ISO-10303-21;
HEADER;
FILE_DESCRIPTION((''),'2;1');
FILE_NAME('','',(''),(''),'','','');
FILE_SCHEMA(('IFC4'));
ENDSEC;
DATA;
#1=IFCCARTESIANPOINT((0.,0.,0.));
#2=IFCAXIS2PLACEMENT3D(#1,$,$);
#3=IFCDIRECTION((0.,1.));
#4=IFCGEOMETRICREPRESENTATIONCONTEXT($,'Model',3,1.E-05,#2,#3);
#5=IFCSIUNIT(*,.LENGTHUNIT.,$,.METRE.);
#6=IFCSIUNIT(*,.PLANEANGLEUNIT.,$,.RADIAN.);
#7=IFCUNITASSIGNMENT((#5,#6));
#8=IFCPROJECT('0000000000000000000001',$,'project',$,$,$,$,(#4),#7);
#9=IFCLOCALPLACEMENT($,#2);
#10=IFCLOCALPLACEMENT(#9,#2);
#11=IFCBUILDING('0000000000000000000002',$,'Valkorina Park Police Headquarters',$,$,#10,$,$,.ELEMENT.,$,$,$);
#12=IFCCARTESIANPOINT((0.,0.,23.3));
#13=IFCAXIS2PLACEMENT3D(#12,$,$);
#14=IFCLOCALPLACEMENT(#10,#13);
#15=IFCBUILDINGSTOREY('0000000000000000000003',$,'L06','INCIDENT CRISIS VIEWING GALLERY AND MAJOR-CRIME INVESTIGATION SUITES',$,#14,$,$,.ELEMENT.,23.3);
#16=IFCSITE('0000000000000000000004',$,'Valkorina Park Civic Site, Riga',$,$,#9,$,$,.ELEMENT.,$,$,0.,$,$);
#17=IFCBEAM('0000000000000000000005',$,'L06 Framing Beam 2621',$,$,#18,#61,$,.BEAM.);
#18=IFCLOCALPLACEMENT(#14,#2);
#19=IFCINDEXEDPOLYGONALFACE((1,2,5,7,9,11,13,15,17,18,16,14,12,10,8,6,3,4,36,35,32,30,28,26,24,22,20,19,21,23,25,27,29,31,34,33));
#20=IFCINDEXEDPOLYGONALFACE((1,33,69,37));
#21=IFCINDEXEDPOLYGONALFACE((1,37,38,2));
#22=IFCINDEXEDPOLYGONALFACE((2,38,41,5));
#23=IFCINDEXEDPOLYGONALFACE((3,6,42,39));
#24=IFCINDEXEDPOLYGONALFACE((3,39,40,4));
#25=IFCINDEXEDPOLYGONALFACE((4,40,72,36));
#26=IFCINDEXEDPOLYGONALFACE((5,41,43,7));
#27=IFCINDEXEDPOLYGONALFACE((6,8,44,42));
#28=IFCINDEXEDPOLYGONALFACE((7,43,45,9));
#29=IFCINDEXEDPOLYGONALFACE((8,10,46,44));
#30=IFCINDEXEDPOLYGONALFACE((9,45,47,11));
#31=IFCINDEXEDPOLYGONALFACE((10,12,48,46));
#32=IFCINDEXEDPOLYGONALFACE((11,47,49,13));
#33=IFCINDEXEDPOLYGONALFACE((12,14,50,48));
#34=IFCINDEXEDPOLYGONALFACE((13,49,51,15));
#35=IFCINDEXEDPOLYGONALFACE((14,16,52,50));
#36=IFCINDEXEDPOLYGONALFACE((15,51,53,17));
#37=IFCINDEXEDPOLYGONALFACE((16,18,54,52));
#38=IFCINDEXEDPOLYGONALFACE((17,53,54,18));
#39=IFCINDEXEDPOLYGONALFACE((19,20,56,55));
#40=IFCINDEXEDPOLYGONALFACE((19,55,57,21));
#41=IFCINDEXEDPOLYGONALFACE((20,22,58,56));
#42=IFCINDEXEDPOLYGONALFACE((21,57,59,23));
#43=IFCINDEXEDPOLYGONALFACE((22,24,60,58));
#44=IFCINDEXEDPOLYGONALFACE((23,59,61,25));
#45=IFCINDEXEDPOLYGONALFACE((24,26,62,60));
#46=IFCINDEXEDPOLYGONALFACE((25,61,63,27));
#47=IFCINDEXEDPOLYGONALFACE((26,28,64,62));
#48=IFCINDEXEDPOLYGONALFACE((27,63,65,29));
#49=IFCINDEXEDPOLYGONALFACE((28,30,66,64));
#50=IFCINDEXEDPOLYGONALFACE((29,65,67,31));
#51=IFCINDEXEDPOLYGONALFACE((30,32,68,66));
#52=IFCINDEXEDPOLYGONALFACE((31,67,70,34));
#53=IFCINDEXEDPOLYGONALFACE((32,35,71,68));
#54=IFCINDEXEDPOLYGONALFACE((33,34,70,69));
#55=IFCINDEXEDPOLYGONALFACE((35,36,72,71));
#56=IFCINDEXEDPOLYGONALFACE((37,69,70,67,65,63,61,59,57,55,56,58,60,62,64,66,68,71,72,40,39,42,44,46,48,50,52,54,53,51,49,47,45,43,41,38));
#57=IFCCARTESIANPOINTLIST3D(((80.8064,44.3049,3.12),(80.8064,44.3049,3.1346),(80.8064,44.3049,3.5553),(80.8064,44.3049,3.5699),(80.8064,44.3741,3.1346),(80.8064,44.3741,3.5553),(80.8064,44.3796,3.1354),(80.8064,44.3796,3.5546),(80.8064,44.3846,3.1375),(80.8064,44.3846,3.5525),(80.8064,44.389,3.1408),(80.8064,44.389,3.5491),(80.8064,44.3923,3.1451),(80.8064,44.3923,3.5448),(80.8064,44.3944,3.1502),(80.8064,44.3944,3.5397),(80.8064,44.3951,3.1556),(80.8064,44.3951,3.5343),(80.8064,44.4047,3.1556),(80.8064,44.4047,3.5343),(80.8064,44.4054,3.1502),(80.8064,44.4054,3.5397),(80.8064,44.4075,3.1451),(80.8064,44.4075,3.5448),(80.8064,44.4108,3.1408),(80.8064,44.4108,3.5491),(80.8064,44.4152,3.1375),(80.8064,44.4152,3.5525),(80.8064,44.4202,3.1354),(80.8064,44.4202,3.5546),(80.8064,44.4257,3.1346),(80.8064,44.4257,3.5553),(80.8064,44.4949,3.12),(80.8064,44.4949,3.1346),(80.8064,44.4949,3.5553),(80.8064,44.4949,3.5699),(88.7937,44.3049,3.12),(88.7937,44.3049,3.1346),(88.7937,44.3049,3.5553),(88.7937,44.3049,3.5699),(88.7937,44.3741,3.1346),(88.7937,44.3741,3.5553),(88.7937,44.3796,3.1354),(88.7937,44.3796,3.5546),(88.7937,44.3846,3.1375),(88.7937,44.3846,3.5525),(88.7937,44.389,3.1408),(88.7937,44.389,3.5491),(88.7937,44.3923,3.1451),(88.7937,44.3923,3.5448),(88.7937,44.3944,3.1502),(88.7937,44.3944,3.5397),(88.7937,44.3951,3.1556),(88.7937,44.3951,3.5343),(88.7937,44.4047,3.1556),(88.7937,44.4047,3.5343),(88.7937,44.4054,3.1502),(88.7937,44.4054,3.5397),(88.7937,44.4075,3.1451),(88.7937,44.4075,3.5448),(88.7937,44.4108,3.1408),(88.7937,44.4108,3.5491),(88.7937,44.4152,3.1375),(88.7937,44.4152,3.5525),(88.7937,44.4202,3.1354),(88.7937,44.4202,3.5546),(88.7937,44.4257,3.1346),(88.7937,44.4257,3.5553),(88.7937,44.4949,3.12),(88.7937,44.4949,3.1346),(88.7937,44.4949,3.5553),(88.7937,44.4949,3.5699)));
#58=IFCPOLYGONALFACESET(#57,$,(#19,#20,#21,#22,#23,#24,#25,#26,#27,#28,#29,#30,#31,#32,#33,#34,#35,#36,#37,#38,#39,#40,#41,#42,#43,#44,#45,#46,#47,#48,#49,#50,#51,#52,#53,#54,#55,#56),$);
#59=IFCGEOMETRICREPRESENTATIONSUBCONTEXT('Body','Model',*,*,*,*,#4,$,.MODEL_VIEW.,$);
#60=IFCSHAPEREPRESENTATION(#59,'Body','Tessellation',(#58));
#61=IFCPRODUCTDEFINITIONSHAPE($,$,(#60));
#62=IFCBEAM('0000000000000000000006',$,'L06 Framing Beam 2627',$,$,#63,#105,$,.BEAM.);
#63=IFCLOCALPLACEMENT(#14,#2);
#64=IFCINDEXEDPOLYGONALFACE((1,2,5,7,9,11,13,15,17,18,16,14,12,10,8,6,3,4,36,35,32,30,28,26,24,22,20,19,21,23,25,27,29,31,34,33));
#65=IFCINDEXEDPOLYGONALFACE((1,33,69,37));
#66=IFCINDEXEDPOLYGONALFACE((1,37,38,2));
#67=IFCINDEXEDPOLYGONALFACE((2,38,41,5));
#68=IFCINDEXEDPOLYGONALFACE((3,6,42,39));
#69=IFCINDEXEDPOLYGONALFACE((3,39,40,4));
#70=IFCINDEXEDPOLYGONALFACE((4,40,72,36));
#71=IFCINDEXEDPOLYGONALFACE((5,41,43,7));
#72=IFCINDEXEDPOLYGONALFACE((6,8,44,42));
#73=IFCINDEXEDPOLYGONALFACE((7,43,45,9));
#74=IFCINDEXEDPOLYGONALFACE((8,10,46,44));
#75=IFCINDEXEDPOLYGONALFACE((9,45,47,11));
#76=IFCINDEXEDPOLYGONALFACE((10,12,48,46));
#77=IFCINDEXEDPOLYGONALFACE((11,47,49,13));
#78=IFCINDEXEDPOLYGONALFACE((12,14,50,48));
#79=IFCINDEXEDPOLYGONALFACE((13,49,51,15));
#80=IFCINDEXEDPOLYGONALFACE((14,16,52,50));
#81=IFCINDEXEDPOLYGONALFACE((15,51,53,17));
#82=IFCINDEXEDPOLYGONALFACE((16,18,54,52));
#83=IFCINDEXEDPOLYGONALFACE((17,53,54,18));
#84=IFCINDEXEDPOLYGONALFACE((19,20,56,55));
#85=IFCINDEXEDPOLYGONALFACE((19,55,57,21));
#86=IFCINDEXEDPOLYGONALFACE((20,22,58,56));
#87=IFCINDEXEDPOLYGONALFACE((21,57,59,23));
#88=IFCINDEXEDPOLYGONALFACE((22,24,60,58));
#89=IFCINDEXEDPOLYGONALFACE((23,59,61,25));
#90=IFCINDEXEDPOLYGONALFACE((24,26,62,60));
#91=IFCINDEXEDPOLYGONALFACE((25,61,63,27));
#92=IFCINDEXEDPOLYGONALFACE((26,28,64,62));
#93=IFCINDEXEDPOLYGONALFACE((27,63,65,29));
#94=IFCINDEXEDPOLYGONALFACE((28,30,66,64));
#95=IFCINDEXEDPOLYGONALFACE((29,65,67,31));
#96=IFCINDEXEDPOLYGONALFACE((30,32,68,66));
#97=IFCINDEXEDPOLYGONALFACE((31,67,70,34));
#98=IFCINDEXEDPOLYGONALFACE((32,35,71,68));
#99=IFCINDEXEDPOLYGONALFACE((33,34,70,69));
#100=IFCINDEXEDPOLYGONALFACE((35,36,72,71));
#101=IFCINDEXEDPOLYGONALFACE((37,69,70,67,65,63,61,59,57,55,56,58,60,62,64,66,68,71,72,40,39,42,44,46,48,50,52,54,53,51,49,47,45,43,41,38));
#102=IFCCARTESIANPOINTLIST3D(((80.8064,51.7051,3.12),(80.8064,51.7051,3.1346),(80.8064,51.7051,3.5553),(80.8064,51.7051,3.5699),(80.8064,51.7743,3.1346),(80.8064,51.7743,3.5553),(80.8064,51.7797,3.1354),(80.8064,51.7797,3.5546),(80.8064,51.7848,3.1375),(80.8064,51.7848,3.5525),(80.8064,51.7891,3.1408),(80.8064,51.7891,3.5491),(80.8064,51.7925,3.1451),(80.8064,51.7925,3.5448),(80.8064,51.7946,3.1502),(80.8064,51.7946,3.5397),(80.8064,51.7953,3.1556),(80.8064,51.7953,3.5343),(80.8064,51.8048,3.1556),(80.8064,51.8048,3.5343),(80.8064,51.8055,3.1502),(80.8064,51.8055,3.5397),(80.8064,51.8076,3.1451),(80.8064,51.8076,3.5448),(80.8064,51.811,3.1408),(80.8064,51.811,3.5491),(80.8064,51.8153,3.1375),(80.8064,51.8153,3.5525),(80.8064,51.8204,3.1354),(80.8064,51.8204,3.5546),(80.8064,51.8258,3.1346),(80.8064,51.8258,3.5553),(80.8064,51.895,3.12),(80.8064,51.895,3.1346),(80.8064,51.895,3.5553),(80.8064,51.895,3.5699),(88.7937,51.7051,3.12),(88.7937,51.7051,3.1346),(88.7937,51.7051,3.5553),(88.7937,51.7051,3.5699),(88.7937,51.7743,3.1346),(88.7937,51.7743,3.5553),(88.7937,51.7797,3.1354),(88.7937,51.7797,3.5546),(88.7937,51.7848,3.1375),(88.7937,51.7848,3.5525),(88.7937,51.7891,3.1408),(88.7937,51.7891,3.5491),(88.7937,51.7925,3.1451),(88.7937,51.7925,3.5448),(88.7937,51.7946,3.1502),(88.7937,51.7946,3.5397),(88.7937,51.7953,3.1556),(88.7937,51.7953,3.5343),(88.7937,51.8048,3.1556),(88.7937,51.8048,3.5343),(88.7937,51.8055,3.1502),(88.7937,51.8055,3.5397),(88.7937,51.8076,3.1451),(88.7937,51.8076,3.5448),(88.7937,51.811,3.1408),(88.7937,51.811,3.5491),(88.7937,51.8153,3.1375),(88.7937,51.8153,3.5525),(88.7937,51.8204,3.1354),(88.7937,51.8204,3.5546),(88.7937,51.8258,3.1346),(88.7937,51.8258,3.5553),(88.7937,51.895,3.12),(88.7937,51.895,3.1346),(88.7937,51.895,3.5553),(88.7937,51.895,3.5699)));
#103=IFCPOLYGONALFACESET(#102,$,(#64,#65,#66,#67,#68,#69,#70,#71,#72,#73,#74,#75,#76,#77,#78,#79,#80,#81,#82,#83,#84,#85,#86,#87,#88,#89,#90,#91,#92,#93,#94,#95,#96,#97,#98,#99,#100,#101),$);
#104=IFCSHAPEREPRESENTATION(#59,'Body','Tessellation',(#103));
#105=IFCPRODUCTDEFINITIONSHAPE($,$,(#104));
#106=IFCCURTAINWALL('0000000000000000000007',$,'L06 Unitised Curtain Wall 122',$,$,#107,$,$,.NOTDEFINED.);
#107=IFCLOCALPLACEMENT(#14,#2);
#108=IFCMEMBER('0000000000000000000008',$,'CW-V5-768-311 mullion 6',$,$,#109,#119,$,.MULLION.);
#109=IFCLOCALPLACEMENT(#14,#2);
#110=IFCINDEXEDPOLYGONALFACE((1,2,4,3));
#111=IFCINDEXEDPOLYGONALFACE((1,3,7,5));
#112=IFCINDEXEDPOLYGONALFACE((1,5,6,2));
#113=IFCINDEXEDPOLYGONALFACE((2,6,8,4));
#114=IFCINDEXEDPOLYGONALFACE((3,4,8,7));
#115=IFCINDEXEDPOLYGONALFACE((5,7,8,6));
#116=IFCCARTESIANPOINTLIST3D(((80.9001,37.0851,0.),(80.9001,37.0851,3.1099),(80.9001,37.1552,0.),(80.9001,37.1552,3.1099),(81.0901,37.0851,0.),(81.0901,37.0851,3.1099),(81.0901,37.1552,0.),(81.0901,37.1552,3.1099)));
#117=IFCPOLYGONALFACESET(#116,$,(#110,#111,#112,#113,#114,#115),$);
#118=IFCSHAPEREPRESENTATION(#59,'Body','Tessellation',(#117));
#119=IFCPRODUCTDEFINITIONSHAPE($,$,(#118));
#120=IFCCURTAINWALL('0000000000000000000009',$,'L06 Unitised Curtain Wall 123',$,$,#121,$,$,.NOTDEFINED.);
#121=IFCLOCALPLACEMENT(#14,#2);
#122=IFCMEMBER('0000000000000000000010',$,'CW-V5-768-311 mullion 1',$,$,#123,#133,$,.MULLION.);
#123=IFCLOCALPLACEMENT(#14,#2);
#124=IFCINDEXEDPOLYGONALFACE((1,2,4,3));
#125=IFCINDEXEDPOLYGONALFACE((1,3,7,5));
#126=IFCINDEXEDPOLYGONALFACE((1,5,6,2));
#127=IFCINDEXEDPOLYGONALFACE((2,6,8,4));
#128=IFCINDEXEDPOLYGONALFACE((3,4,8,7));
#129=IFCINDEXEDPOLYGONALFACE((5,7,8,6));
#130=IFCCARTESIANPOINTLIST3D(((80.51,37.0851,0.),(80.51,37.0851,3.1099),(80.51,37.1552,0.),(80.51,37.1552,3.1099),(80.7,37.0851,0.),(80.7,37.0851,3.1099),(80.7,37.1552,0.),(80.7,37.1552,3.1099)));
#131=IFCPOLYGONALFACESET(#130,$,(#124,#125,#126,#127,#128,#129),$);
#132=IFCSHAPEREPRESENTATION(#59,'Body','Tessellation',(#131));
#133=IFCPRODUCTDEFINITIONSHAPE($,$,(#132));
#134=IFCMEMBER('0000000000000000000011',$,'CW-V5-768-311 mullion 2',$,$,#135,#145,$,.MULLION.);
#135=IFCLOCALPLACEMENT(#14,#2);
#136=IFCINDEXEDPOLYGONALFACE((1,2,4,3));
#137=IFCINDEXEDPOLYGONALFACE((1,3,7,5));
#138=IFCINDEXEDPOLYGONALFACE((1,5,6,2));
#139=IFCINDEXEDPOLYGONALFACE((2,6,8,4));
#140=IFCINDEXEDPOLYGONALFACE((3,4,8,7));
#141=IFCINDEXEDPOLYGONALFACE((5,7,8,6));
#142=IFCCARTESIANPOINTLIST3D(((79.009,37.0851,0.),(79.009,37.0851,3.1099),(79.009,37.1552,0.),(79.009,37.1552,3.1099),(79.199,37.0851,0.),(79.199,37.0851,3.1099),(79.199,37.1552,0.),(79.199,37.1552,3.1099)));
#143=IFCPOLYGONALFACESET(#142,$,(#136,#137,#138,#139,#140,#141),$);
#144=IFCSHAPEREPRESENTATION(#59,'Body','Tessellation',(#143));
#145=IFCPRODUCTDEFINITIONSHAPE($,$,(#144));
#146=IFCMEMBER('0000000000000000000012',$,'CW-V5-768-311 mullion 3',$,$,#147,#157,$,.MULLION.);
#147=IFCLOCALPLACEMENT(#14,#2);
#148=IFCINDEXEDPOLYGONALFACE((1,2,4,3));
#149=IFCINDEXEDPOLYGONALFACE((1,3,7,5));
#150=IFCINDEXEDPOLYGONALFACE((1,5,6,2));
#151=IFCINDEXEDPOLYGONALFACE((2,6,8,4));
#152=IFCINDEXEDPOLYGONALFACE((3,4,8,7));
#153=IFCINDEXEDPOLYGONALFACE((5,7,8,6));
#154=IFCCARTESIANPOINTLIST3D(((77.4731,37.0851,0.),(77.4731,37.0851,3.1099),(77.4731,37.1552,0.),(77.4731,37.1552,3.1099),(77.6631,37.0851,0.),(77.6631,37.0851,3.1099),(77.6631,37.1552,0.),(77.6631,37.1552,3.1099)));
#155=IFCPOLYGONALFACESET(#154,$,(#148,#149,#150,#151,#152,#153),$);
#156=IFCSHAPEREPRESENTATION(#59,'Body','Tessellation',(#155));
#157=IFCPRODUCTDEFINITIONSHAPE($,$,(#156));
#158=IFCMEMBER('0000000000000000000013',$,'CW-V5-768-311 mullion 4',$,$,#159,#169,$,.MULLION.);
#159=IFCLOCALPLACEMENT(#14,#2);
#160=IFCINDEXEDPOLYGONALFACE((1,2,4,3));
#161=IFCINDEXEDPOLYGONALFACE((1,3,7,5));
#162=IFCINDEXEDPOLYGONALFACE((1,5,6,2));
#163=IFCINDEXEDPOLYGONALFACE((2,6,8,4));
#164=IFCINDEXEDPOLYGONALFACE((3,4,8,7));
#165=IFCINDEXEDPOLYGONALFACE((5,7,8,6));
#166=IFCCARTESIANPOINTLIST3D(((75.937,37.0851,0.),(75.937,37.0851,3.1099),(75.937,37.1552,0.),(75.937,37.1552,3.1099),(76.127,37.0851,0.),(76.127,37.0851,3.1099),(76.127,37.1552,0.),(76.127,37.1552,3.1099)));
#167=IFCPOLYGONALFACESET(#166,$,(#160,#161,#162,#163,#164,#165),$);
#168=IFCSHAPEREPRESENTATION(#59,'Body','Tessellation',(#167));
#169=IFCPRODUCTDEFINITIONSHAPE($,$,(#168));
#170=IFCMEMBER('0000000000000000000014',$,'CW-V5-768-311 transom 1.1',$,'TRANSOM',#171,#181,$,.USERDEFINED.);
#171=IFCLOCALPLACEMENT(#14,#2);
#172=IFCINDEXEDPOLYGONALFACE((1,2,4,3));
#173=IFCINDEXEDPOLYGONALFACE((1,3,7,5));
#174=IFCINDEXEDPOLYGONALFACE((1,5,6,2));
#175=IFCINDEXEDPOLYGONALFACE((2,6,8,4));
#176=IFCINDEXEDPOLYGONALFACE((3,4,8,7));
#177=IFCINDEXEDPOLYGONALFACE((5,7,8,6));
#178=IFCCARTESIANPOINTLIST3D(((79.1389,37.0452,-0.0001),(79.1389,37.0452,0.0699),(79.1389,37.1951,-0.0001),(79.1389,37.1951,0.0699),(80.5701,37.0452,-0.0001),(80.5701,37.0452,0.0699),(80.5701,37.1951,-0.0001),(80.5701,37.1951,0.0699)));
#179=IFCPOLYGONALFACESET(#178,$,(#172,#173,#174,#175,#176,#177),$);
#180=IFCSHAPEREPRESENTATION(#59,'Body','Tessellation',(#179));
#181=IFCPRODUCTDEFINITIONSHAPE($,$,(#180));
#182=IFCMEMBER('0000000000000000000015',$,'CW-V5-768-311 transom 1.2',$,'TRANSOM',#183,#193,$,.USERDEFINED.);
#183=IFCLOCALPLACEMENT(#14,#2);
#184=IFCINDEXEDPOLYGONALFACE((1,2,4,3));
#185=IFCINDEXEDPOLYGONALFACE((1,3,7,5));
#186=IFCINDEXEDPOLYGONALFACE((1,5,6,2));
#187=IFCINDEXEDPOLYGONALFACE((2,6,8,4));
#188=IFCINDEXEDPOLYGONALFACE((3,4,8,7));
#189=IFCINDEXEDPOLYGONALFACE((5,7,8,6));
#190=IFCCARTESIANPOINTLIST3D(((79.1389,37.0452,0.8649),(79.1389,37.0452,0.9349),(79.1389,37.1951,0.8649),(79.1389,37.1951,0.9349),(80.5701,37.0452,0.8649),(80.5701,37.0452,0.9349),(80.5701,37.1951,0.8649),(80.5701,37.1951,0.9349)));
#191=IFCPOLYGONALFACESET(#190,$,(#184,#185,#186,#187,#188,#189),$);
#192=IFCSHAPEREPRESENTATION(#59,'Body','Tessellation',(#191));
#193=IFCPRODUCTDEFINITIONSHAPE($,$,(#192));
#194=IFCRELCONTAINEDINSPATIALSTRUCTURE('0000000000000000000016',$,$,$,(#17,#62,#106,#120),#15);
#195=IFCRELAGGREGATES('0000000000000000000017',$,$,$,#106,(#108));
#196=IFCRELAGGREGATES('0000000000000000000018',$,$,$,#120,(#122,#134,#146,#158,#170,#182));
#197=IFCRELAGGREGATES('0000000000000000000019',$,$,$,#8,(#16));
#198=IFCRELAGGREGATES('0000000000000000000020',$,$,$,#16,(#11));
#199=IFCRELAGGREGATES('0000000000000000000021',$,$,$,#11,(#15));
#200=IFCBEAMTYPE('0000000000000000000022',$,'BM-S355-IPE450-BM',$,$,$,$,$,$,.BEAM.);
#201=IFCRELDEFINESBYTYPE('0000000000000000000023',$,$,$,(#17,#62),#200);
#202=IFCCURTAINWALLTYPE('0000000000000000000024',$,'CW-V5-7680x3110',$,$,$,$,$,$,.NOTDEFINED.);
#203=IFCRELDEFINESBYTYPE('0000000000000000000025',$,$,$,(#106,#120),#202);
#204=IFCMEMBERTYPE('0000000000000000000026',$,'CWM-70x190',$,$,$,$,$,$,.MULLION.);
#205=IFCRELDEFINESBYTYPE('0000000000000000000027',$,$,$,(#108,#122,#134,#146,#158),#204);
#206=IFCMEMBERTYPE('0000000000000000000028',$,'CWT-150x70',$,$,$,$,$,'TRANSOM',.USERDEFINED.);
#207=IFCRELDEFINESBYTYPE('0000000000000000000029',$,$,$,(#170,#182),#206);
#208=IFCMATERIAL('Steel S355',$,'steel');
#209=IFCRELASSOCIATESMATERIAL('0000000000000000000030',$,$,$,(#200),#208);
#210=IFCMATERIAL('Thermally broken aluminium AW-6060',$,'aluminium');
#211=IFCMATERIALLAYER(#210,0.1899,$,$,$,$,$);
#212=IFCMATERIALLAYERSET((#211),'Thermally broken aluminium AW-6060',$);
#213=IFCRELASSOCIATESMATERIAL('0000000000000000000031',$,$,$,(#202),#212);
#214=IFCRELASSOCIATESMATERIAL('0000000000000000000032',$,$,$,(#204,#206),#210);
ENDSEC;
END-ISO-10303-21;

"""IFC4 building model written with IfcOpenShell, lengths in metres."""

from ifc_helpers import new_model, si_unit, direction, frame, origin, origin_2d, place, context, subcontext, project, spatial, rectangle, i_section, extrude, material, layer, layer_set, material_profile, profile_set, type_object, element, aggregate, save


model = new_model("IFC4")

# Units and contexts
model_context = context("Model", 3, precision=1e-05, world=origin(), true_north=direction((0.0, 1.0)))
body_context = subcontext(model_context, "Body", "Model", "MODEL_VIEW")
ifc_project = project(units=[si_unit("LENGTHUNIT", "METRE"), si_unit("PLANEANGLEUNIT", "RADIAN")], contexts=[model_context])

# Site, building, storey
site_placement = place(None, origin())
site = spatial("IfcSite", under=ifc_project, at=site_placement, Name="Valkorina Park Civic Site, Riga", CompositionType="ELEMENT", RefElevation=0.0)
building_placement = place(site_placement, origin())
building = spatial("IfcBuilding", under=site, at=building_placement, Name="Valkorina Park Police Headquarters", CompositionType="ELEMENT")
storey_placement = place(building_placement, frame((0.0, 0.0, 23.3)))
storey = spatial("IfcBuildingStorey", under=building, at=storey_placement, Name="L06", Description="INCIDENT CRISIS VIEWING GALLERY AND MAJOR-CRIME INVESTIGATION SUITES", CompositionType="ELEMENT", Elevation=23.3)

# Shared definitions
ifc_material_1 = material(Name="Steel S355", Category="steel")

# Beams
ifc_material_profile_1 = material_profile(ifc_material_1, i_section(OverallWidth=0.1899, OverallDepth=0.45, WebThickness=0.0095, FlangeThickness=0.0146, FilletRadius=0.021, at=origin_2d()), Name="IPE 450")
ifc_profile_set_1 = profile_set([ifc_material_profile_1], Name="Steel S355")
beam_type_1 = type_object("IfcBeamType", Name="BM-S355-IPE450-BM", PredefinedType="BEAM", material=ifc_profile_set_1)
for number, where, z_axis, x_axis, name in (
    (1, (80.8064, 44.3999, 3.345), (1.0, 0.0, 0.0), (0.0, 1.0, 0.0), "L06 Framing Beam 2621"),
    (2, (80.8064, 51.8, 3.345), (1.0, 0.0, 0.0), (0.0, 1.0, 0.0), "L06 Framing Beam 2627"),
):
    element("IfcBeam", number, at=place(storey_placement, frame(where, z_axis=z_axis, x_axis=x_axis)), inside=storey, type_object=beam_type_1, Name=name, PredefinedType="BEAM", context=body_context, shape_type="SweptSolid", body=[
        extrude(i_section(OverallWidth=0.1899, OverallDepth=0.45, WebThickness=0.0095, FlangeThickness=0.0146, FilletRadius=0.021, at=origin_2d()), origin(), (0.0, 0.0, 1.0), 7.9873),
    ])

# Curtain wall, member
ifc_material_2 = material(Name="Thermally broken aluminium AW-6060", Category="aluminium")
ifc_layer_1 = layer(ifc_material_2, 0.1899)
ifc_layer_set_1 = layer_set([ifc_layer_1], Name="Thermally broken aluminium AW-6060")
curtain_wall_type = type_object("IfcCurtainWallType", Name="CW-V5-7680x3110", PredefinedType="NOTDEFINED", material=ifc_layer_set_1)
curtain_wall_1_placement = place(storey_placement, origin())
curtain_wall_1 = element("IfcCurtainWall", 3, at=curtain_wall_1_placement, inside=storey, type_object=curtain_wall_type, Name="L06 Unitised Curtain Wall 122", PredefinedType="NOTDEFINED")
ifc_material_profile_2 = material_profile(ifc_material_2, rectangle(XDim=0.0701, YDim=0.1899, at=origin_2d()), Name="CWM-02 70x190")
ifc_profile_set_2 = profile_set([ifc_material_profile_2], Name="Thermally broken aluminium AW-6060")
member_type_1 = type_object("IfcMemberType", Name="CWM-70x190", PredefinedType="MULLION", material=ifc_profile_set_2)
member_1_placement = place(storey_placement, frame((80.9951, 37.1201, 0.0), z_axis=(0.0, 0.0, 1.0), x_axis=(0.0, -1.0, 0.0)))
member_1 = element("IfcMember", 4, at=member_1_placement, type_object=member_type_1, Name="CW-V5-768-311 mullion 6", PredefinedType="MULLION", context=body_context, shape_type="SweptSolid", body=[
    extrude(rectangle(XDim=0.0701, YDim=0.1899, at=origin_2d()), origin(), (0.0, 0.0, 1.0), 3.1099),
])

# Curtain wall, members
curtain_wall_2_placement = place(storey_placement, origin())
curtain_wall_2 = element("IfcCurtainWall", 5, at=curtain_wall_2_placement, inside=storey, type_object=curtain_wall_type, Name="L06 Unitised Curtain Wall 123", PredefinedType="NOTDEFINED")
member_2_placement = place(storey_placement, frame((80.605, 37.1201, 0.0), z_axis=(0.0, 0.0, 1.0), x_axis=(0.0, -1.0, 0.0)))
member_2 = element("IfcMember", 6, at=member_2_placement, type_object=member_type_1, Name="CW-V5-768-311 mullion 1", PredefinedType="MULLION", context=body_context, shape_type="SweptSolid", body=[
    extrude(rectangle(XDim=0.0701, YDim=0.1899, at=origin_2d()), origin(), (0.0, 0.0, 1.0), 3.1099),
])
member_3_placement = place(storey_placement, frame((79.104, 37.1201, 0.0), z_axis=(0.0, 0.0, 1.0), x_axis=(0.0, -1.0, 0.0)))
member_3 = element("IfcMember", 7, at=member_3_placement, type_object=member_type_1, Name="CW-V5-768-311 mullion 2", PredefinedType="MULLION", context=body_context, shape_type="SweptSolid", body=[
    extrude(rectangle(XDim=0.0701, YDim=0.1899, at=origin_2d()), origin(), (0.0, 0.0, 1.0), 3.1099),
])
member_4_placement = place(storey_placement, frame((77.5681, 37.1201, 0.0), z_axis=(0.0, 0.0, 1.0), x_axis=(0.0, -1.0, 0.0)))
member_4 = element("IfcMember", 8, at=member_4_placement, type_object=member_type_1, Name="CW-V5-768-311 mullion 3", PredefinedType="MULLION", context=body_context, shape_type="SweptSolid", body=[
    extrude(rectangle(XDim=0.0701, YDim=0.1899, at=origin_2d()), origin(), (0.0, 0.0, 1.0), 3.1099),
])
member_5_placement = place(storey_placement, frame((76.032, 37.1201, 0.0), z_axis=(0.0, 0.0, 1.0), x_axis=(0.0, -1.0, 0.0)))
member_5 = element("IfcMember", 9, at=member_5_placement, type_object=member_type_1, Name="CW-V5-768-311 mullion 4", PredefinedType="MULLION", context=body_context, shape_type="SweptSolid", body=[
    extrude(rectangle(XDim=0.0701, YDim=0.1899, at=origin_2d()), origin(), (0.0, 0.0, 1.0), 3.1099),
])
ifc_material_profile_3 = material_profile(ifc_material_2, rectangle(XDim=0.1499, YDim=0.0701, at=origin_2d()), Name="CWT-02 150x70")
ifc_profile_set_3 = profile_set([ifc_material_profile_3], Name="Thermally broken aluminium AW-6060")
member_type_2 = type_object("IfcMemberType", Name="CWT-150x70", ElementType="TRANSOM", PredefinedType="USERDEFINED", material=ifc_profile_set_3)
member_6_placement = place(storey_placement, frame((80.5701, 37.1201, 0.0349), z_axis=(-1.0, 0.0, 0.0), x_axis=(0.0, -1.0, 0.0)))
member_6 = element("IfcMember", 10, at=member_6_placement, type_object=member_type_2, Name="CW-V5-768-311 transom 1.1", ObjectType="TRANSOM", PredefinedType="USERDEFINED", context=body_context, shape_type="SweptSolid", body=[
    extrude(rectangle(XDim=0.1499, YDim=0.0701, at=origin_2d()), origin(), (0.0, 0.0, 1.0), 1.4312),
])
member_7_placement = place(storey_placement, frame((80.5701, 37.1201, 0.8999), z_axis=(-1.0, 0.0, 0.0), x_axis=(0.0, -1.0, 0.0)))
member_7 = element("IfcMember", 11, at=member_7_placement, type_object=member_type_2, Name="CW-V5-768-311 transom 1.2", ObjectType="TRANSOM", PredefinedType="USERDEFINED", context=body_context, shape_type="SweptSolid", body=[
    extrude(rectangle(XDim=0.1499, YDim=0.0701, at=origin_2d()), origin(), (0.0, 0.0, 1.0), 1.4312),
])

aggregate(curtain_wall_1, [member_1])
aggregate(curtain_wall_2, [member_2, member_3, member_4, member_5, member_6, member_7])

save(model, "model.ifc")
